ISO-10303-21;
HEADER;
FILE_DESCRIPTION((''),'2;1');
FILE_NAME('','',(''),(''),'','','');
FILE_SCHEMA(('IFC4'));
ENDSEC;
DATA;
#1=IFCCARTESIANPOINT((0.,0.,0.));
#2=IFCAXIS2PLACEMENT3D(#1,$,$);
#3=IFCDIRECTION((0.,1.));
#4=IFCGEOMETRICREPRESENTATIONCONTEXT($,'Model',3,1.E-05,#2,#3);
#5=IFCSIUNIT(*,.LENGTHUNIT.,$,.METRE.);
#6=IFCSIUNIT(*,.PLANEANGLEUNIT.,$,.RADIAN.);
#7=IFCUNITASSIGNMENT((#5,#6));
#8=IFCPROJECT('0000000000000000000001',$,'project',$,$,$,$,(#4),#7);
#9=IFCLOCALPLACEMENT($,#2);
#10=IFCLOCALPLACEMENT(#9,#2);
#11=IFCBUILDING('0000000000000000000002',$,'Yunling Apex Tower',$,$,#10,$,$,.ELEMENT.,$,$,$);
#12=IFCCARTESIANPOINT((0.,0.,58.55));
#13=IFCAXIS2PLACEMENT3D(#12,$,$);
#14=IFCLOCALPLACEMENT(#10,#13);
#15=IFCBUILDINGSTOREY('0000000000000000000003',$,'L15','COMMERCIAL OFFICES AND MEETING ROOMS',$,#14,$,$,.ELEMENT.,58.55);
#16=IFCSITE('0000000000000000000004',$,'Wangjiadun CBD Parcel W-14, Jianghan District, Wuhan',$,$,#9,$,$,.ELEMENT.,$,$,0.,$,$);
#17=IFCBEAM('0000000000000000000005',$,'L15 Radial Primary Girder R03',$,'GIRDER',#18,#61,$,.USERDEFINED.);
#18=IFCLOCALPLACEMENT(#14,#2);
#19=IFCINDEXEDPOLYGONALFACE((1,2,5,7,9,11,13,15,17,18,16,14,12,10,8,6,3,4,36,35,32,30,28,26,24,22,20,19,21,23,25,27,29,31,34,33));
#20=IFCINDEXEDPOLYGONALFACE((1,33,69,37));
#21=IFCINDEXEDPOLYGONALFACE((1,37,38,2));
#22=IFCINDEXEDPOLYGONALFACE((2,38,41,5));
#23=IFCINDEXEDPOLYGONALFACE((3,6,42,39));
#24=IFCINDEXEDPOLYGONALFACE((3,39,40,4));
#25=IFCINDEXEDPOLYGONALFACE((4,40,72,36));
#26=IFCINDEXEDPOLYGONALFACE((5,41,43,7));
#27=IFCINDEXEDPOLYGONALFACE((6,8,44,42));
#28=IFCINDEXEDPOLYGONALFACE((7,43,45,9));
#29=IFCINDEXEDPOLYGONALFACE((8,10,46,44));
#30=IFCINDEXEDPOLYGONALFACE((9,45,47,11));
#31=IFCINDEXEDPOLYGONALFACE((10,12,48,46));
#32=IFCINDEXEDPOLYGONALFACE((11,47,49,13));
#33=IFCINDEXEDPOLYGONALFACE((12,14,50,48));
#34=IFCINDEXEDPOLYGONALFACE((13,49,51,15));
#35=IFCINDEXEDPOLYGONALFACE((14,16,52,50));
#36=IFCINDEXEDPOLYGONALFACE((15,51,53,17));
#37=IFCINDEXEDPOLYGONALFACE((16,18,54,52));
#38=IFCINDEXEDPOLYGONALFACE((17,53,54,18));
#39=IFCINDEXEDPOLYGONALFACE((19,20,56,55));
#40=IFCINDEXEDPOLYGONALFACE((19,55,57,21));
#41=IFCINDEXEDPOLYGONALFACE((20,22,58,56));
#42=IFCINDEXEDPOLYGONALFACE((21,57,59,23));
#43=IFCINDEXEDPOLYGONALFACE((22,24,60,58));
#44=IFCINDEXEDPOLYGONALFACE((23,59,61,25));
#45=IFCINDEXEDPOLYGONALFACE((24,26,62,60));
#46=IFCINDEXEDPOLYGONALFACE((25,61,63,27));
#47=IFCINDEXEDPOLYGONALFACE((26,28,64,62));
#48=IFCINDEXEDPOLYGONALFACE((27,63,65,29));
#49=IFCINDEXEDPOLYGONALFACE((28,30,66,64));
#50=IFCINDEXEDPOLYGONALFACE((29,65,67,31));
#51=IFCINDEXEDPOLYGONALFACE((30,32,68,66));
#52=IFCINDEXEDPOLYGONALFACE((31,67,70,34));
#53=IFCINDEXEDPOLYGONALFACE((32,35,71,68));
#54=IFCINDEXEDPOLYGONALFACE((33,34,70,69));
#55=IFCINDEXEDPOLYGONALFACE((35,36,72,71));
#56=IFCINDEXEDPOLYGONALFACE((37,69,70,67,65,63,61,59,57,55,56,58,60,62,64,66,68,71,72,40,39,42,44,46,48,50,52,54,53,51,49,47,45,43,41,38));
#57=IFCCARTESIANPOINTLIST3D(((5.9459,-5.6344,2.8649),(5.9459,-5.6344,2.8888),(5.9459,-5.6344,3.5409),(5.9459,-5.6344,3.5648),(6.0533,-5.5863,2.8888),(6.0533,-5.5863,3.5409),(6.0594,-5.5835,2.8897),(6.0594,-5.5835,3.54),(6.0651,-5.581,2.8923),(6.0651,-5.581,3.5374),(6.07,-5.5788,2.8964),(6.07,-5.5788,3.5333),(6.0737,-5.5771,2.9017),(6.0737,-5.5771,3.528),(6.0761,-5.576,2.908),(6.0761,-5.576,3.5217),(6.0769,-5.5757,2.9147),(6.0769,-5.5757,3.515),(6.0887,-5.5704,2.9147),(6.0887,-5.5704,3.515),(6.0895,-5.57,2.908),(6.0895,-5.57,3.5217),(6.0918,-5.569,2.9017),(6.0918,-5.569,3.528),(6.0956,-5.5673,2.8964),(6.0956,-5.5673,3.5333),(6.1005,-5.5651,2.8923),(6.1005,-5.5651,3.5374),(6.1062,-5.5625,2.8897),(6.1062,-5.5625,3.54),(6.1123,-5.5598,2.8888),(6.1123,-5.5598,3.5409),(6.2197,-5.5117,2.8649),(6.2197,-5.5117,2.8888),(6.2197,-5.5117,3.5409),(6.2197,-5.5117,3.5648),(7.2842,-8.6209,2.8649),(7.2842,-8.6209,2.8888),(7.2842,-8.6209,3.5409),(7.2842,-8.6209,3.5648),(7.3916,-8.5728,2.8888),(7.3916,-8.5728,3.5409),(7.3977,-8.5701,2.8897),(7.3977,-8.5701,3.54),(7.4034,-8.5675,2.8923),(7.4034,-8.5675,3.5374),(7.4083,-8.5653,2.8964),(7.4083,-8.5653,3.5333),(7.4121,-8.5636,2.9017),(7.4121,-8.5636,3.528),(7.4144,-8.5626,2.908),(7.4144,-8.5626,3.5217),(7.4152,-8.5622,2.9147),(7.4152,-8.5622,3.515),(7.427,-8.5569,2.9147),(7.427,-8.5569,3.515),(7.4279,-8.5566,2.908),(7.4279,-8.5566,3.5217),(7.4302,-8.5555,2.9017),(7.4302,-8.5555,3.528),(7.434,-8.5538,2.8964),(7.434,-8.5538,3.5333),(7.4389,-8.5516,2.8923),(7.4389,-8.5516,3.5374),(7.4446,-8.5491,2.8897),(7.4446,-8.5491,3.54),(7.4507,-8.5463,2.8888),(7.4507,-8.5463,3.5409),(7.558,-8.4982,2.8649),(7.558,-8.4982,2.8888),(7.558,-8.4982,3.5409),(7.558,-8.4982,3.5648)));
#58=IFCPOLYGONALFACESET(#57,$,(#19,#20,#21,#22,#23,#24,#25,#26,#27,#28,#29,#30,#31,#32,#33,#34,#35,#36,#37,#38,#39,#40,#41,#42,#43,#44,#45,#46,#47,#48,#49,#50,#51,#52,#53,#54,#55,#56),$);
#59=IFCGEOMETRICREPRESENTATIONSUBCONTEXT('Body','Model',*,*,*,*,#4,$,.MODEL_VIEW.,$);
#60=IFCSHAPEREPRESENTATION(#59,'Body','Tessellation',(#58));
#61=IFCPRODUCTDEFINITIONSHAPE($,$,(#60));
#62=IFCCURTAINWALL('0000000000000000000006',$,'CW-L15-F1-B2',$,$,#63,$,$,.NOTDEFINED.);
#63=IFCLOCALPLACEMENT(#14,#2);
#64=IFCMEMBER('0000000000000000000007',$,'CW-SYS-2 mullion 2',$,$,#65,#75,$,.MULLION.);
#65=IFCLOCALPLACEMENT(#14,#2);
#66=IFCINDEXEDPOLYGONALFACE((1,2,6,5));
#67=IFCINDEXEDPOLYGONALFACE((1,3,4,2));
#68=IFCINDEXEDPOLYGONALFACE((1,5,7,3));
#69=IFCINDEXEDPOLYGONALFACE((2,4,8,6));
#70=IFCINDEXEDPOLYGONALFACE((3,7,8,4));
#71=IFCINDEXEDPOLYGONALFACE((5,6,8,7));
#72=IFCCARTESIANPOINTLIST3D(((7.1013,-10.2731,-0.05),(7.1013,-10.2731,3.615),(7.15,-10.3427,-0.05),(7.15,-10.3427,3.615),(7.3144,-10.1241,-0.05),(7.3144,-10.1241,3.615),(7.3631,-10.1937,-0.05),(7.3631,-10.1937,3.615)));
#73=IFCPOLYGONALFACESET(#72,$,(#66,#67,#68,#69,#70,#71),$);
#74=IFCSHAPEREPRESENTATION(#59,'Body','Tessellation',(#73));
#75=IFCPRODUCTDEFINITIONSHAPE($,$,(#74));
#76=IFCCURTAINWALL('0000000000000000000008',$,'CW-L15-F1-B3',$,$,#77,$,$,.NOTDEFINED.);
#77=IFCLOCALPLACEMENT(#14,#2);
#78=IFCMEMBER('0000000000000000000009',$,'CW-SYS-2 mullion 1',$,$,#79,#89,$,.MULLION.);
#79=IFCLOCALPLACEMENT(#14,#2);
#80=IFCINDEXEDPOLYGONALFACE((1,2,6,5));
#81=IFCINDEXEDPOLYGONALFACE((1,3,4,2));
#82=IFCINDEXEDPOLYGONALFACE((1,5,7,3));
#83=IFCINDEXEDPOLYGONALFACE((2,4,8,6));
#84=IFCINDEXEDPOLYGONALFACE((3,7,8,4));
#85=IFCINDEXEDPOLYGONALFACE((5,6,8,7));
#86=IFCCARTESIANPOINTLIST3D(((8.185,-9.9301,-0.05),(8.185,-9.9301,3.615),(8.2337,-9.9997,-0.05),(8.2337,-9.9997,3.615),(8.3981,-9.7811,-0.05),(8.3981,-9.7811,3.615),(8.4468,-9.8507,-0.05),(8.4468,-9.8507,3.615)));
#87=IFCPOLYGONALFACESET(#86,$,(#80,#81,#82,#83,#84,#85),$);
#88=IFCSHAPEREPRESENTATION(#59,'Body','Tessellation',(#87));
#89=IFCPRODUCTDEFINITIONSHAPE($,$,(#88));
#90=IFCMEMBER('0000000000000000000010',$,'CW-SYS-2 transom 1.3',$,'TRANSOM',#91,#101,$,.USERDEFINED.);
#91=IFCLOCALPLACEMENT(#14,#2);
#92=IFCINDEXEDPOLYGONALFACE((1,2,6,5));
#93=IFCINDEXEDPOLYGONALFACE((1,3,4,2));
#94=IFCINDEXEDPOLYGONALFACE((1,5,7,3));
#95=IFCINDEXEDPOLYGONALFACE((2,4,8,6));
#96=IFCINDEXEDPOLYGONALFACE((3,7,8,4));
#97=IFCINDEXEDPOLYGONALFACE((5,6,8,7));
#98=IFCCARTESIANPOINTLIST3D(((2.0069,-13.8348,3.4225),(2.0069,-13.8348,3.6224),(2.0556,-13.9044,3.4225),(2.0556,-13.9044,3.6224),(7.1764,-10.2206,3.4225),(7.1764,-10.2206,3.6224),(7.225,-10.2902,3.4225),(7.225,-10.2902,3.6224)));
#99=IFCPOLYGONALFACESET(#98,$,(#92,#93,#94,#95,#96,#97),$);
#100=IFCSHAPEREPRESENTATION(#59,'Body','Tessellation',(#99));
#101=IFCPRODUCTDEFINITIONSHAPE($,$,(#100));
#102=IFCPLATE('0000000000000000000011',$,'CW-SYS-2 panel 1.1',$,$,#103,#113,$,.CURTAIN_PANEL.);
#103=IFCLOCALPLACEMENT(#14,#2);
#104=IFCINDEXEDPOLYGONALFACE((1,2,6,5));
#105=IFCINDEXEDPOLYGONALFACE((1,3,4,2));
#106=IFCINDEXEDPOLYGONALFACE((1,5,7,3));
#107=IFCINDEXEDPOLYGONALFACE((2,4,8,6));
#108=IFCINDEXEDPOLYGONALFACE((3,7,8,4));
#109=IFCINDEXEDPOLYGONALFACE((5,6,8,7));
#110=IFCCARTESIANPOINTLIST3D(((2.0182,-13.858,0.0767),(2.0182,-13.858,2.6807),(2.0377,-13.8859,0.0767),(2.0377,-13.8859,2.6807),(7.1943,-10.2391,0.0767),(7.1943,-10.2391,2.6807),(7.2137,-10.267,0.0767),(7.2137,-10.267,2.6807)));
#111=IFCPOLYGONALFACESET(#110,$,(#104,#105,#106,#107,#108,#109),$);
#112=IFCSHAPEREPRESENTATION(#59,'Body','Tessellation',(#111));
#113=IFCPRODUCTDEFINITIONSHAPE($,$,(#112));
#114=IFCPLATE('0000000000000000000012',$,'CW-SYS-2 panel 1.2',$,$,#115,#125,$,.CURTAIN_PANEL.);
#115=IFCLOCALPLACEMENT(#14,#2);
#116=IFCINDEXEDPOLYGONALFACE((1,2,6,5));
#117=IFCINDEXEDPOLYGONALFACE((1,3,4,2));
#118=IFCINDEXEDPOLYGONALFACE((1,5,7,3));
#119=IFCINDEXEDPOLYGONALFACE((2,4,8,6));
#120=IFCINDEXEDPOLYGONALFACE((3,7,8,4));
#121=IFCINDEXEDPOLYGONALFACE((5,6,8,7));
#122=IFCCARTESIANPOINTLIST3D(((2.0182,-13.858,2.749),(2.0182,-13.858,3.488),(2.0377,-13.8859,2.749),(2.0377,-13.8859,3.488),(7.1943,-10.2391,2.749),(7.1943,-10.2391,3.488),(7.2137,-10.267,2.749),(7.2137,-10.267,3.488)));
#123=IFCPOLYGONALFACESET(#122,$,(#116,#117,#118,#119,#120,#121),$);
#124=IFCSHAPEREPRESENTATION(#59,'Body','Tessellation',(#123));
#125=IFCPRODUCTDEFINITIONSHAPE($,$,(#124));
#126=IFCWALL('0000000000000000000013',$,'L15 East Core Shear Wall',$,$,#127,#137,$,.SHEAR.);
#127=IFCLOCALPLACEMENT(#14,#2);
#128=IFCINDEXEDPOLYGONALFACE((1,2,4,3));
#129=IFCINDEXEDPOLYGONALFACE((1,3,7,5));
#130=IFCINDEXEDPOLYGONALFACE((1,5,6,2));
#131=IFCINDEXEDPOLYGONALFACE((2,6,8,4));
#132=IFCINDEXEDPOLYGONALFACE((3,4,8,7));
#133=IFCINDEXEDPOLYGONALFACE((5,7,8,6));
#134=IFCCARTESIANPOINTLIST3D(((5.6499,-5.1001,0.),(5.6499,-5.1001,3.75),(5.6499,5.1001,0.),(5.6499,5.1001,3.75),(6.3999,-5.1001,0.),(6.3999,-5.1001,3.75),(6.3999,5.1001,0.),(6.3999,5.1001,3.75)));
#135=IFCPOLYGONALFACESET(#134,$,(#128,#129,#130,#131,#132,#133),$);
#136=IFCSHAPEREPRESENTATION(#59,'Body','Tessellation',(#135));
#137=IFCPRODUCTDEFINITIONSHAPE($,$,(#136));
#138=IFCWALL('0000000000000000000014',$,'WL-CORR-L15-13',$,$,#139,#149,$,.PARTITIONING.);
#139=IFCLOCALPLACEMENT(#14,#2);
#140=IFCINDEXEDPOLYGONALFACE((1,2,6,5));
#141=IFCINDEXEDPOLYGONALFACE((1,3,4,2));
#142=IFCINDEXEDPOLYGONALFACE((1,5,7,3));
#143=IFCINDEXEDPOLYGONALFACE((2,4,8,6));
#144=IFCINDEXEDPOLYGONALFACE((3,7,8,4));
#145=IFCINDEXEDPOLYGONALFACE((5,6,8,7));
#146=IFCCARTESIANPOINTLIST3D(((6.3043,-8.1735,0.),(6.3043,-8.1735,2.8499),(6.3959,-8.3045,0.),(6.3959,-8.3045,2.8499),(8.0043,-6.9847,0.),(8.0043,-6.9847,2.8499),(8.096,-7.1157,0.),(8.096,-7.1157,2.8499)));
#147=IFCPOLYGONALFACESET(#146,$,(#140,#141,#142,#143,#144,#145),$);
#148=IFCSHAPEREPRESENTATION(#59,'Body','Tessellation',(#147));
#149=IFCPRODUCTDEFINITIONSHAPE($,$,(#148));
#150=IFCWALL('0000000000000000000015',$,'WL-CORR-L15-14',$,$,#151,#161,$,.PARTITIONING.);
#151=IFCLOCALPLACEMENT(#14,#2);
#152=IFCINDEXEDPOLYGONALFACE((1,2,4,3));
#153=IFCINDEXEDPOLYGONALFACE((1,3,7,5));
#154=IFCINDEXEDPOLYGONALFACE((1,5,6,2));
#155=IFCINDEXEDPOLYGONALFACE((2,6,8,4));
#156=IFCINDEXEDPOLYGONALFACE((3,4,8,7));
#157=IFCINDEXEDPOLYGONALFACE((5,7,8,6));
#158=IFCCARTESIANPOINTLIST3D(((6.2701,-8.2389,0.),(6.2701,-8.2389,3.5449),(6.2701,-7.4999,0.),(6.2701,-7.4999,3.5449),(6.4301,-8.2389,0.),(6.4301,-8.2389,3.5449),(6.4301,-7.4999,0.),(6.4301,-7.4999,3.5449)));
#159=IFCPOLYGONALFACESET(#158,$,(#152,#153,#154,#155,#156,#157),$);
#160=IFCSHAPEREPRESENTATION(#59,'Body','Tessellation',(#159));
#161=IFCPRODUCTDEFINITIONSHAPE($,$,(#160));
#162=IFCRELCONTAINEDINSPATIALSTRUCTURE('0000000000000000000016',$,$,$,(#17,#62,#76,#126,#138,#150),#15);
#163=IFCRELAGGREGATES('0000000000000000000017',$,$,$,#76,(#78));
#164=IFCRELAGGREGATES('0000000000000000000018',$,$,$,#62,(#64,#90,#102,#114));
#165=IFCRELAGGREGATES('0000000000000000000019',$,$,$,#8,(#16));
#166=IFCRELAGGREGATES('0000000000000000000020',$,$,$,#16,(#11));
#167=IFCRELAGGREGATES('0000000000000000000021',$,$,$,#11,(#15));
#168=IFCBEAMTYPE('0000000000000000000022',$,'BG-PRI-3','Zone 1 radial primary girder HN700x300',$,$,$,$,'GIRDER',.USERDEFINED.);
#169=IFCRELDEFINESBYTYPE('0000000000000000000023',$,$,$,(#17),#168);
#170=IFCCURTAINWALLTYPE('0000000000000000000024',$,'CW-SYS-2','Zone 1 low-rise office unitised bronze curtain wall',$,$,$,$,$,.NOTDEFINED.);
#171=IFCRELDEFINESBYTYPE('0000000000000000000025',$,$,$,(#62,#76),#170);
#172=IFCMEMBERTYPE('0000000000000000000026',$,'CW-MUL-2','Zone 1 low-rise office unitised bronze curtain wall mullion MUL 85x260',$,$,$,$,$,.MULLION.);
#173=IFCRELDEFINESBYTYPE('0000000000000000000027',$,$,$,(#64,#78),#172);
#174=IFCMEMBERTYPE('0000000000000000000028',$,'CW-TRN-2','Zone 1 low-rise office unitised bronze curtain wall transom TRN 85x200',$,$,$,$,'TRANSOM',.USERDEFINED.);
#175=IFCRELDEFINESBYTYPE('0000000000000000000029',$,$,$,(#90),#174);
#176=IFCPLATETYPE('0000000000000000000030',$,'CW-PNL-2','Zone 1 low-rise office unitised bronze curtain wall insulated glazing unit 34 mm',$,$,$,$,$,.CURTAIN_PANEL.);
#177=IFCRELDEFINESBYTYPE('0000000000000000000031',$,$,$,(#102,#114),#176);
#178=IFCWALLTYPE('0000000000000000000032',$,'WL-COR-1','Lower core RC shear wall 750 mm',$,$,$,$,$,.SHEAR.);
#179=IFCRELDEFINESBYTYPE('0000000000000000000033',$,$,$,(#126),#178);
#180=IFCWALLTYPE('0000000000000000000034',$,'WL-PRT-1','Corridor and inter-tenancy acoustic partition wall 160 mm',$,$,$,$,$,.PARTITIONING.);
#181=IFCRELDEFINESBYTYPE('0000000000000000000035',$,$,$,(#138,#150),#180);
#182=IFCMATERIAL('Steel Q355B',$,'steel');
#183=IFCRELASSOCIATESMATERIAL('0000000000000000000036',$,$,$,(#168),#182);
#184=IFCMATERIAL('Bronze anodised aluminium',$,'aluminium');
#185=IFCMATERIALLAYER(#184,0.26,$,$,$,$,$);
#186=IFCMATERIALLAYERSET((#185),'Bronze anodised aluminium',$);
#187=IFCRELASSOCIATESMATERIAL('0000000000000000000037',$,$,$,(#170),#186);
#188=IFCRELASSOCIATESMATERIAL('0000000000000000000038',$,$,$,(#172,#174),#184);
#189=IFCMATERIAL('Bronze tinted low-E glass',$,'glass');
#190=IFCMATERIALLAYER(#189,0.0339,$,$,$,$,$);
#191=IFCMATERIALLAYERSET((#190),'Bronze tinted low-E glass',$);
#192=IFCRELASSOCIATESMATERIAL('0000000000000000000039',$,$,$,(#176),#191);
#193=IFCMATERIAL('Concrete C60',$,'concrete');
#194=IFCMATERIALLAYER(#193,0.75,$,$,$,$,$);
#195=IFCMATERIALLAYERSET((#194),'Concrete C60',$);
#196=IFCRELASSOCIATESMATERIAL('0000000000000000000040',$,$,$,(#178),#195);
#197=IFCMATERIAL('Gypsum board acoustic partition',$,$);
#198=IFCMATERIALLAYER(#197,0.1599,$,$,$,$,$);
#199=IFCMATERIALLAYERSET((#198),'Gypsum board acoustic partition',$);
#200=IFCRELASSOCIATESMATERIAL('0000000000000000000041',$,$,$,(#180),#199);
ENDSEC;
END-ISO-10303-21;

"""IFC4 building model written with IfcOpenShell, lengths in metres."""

from ifc_helpers import new_model, si_unit, direction, frame, frame_2d, origin, origin_2d, place, context, subcontext, project, spatial, rectangle, i_section, extrude, source, transform, mapped, material, layer, layer_set, material_profile, profile_set, type_object, element, aggregate, save


model = new_model("IFC4")

# Units and contexts
model_context = context("Model", 3, precision=1e-05, world=origin(), true_north=direction((0.0, 1.0)))
body_context = subcontext(model_context, "Body", "Model", "MODEL_VIEW")
ifc_project = project(units=[si_unit("LENGTHUNIT", "METRE"), si_unit("PLANEANGLEUNIT", "RADIAN")], contexts=[model_context])

# Site, building, storey
site_placement = place(None, origin())
site = spatial("IfcSite", under=ifc_project, at=site_placement, Name="Wangjiadun CBD Parcel W-14, Jianghan District, Wuhan", CompositionType="ELEMENT", RefElevation=0.0)
building_placement = place(site_placement, origin())
building = spatial("IfcBuilding", under=site, at=building_placement, Name="Yunling Apex Tower", CompositionType="ELEMENT")
storey_placement = place(building_placement, frame((0.0, 0.0, 58.55)))
storey = spatial("IfcBuildingStorey", under=building, at=storey_placement, Name="L15", Description="COMMERCIAL OFFICES AND MEETING ROOMS", CompositionType="ELEMENT", Elevation=58.55)

# Shared definitions
ifc_material_1 = material(Name="Concrete C60", Category="concrete")

# Beam
ifc_material_2 = material(Name="Steel Q355B", Category="steel")
ifc_material_profile_1 = material_profile(ifc_material_2, i_section(OverallWidth=0.3, OverallDepth=0.7, WebThickness=0.0129, FlangeThickness=0.0239, FilletRadius=0.0259, at=origin_2d()))
ifc_profile_set_1 = profile_set([ifc_material_profile_1], Name="Steel Q355B")
beam_type = type_object("IfcBeamType", Name="BG-PRI-3", Description="Zone 1 radial primary girder HN700x300", ElementType="GIRDER", PredefinedType="USERDEFINED", material=ifc_profile_set_1)
shared_shape_1 = source(origin(), body_context, "Body", "SweptSolid", [
    extrude(i_section(OverallWidth=0.3, OverallDepth=0.7, WebThickness=0.0129, FlangeThickness=0.0239, FilletRadius=0.0259, at=origin_2d()), origin(), (0.0, 0.0, 1.0), 3.2727),
])
beam_1_placement = place(storey_placement, frame((7.4211, -8.5596, 3.2148), z_axis=(-0.408947, 0.912558, 0.0), x_axis=(-0.912558, -0.408947, 0.0)))
element("IfcBeam", 1, at=beam_1_placement, inside=storey, type_object=beam_type, Name="L15 Radial Primary Girder R03", ObjectType="GIRDER", PredefinedType="USERDEFINED", context=body_context, shape_type="MappedRepresentation", body=[
    mapped(shared_shape_1, transform((0.0, 0.0, 0.0), scale=1.0)),
])

# Curtain walls, members
ifc_material_3 = material(Name="Bronze anodised aluminium", Category="aluminium")
ifc_layer_1 = layer(ifc_material_3, 0.26)
ifc_layer_set_1 = layer_set([ifc_layer_1], Name="Bronze anodised aluminium")
curtain_wall_type = type_object("IfcCurtainWallType", Name="CW-SYS-2", Description="Zone 1 low-rise office unitised bronze curtain wall", PredefinedType="NOTDEFINED", material=ifc_layer_set_1)
curtain_wall_1_placement = place(storey_placement, origin())
curtain_wall_1 = element("IfcCurtainWall", 2, at=curtain_wall_1_placement, inside=storey, type_object=curtain_wall_type, Name="CW-L15-F1-B2", PredefinedType="NOTDEFINED")
ifc_material_profile_2 = material_profile(ifc_material_3, rectangle(XDim=0.085, YDim=0.26, at=origin_2d()))
ifc_profile_set_2 = profile_set([ifc_material_profile_2], Name="Bronze anodised aluminium")
member_type_1 = type_object("IfcMemberType", Name="CW-MUL-2", Description="Zone 1 low-rise office unitised bronze curtain wall mullion MUL 85x260", PredefinedType="MULLION", material=ifc_profile_set_2)
shared_shape_2 = source(origin(), body_context, "Body", "SweptSolid", [
    extrude(rectangle(XDim=0.085, YDim=0.26, at=origin_2d()), origin(), (0.0, 0.0, 1.0), 3.665),
])
member_1_placement = place(storey_placement, frame((7.2322, -10.2334, -0.05), z_axis=(0.0, 0.0, 1.0), x_axis=(-0.573003, 0.819553, 0.0)))
member_1 = element("IfcMember", 3, at=member_1_placement, type_object=member_type_1, Name="CW-SYS-2 mullion 2", PredefinedType="MULLION", context=body_context, shape_type="MappedRepresentation", body=[
    mapped(shared_shape_2, transform((0.0, 0.0, 0.0), scale=1.0)),
])
curtain_wall_2_placement = place(storey_placement, origin())
curtain_wall_2 = element("IfcCurtainWall", 4, at=curtain_wall_2_placement, inside=storey, type_object=curtain_wall_type, Name="CW-L15-F1-B3", PredefinedType="NOTDEFINED")
member_2_placement = place(storey_placement, frame((8.3159, -9.8904, -0.05), z_axis=(0.0, 0.0, 1.0), x_axis=(-0.572996, 0.819558, 0.0)))
member_2 = element("IfcMember", 5, at=member_2_placement, type_object=member_type_1, Name="CW-SYS-2 mullion 1", PredefinedType="MULLION", context=body_context, shape_type="MappedRepresentation", body=[
    mapped(shared_shape_2, transform((0.0, 0.0, 0.0), scale=1.0)),
])
aggregate(curtain_wall_2, [member_2])

# Member
ifc_material_profile_3 = material_profile(ifc_material_3, rectangle(XDim=0.085, YDim=0.2, at=origin_2d()))
ifc_profile_set_3 = profile_set([ifc_material_profile_3], Name="Bronze anodised aluminium")
member_type_2 = type_object("IfcMemberType", Name="CW-TRN-2", Description="Zone 1 low-rise office unitised bronze curtain wall transom TRN 85x200", ElementType="TRANSOM", PredefinedType="USERDEFINED", material=ifc_profile_set_3)
shared_shape_3 = source(origin(), body_context, "Body", "SweptSolid", [
    extrude(rectangle(XDim=0.085, YDim=0.2, at=origin_2d()), origin(), (0.0, 0.0, 1.0), 6.3076),
])
member_3_placement = place(storey_placement, frame((2.0312, -13.8696, 3.5225), z_axis=(0.819555, 0.573, 0.0), x_axis=(-0.573, 0.819555, 0.0)))
member_3 = element("IfcMember", 6, at=member_3_placement, type_object=member_type_2, Name="CW-SYS-2 transom 1.3", ObjectType="TRANSOM", PredefinedType="USERDEFINED", context=body_context, shape_type="MappedRepresentation", body=[
    mapped(shared_shape_3, transform((0.0, 0.0, 0.0), scale=1.0)),
])

# Plates
ifc_material_4 = material(Name="Bronze tinted low-E glass", Category="glass")
ifc_layer_2 = layer(ifc_material_4, 0.0339)
ifc_layer_set_2 = layer_set([ifc_layer_2], Name="Bronze tinted low-E glass")
plate_type = type_object("IfcPlateType", Name="CW-PNL-2", Description="Zone 1 low-rise office unitised bronze curtain wall insulated glazing unit 34 mm", PredefinedType="CURTAIN_PANEL", material=ifc_layer_set_2)
shared_shape_4 = source(origin(), body_context, "Body", "SweptSolid", [
    extrude(rectangle(XDim=6.3157, YDim=0.0339, at=origin_2d()), origin(), (0.0, 0.0, 1.0), 2.604),
])
plate_1_placement = place(storey_placement, frame((4.616, -12.0625, 0.0767), z_axis=(0.0, 0.0, 1.0), x_axis=(0.819553, 0.573003, 0.0)))
plate_1 = element("IfcPlate", 7, at=plate_1_placement, type_object=plate_type, Name="CW-SYS-2 panel 1.1", PredefinedType="CURTAIN_PANEL", context=body_context, shape_type="MappedRepresentation", body=[
    mapped(shared_shape_4, transform((0.0, 0.0, 0.0), scale=1.0)),
])
shared_shape_5 = source(origin(), body_context, "Body", "SweptSolid", [
    extrude(rectangle(XDim=6.3157, YDim=0.0339, at=origin_2d()), origin(), (0.0, 0.0, 1.0), 0.739),
])
plate_2_placement = place(storey_placement, frame((4.616, -12.0625, 2.749), z_axis=(0.0, 0.0, 1.0), x_axis=(0.819553, 0.573003, 0.0)))
plate_2 = element("IfcPlate", 8, at=plate_2_placement, type_object=plate_type, Name="CW-SYS-2 panel 1.2", PredefinedType="CURTAIN_PANEL", context=body_context, shape_type="MappedRepresentation", body=[
    mapped(shared_shape_5, transform((0.0, 0.0, 0.0), scale=1.0)),
])
aggregate(curtain_wall_1, [member_1, member_3, plate_1, plate_2])

# Walls
ifc_layer_3 = layer(ifc_material_1, 0.75)
ifc_layer_set_3 = layer_set([ifc_layer_3], Name="Concrete C60")
wall_type_1 = type_object("IfcWallType", Name="WL-COR-1", Description="Lower core RC shear wall 750 mm", PredefinedType="SHEAR", material=ifc_layer_set_3)
wall_1_placement = place(storey_placement, frame((6.0249, -5.1001, 0.0), z_axis=(0.0, 0.0, 1.0), x_axis=(0.0, 1.0, 0.0)))
element("IfcWall", 9, at=wall_1_placement, inside=storey, type_object=wall_type_1, Name="L15 East Core Shear Wall", PredefinedType="SHEAR", context=body_context, shape_type="SweptSolid", body=[
    extrude(rectangle(XDim=10.2002, YDim=0.75, at=frame_2d((5.1001, 0.0))), origin(), (0.0, 0.0, 1.0), 3.75),
])
ifc_material_5 = material(Name="Gypsum board acoustic partition")
ifc_layer_4 = layer(ifc_material_5, 0.1599)
ifc_layer_set_4 = layer_set([ifc_layer_4], Name="Gypsum board acoustic partition")
wall_type_2 = type_object("IfcWallType", Name="WL-PRT-1", Description="Corridor and inter-tenancy acoustic partition wall 160 mm", PredefinedType="PARTITIONING", material=ifc_layer_set_4)
wall_2_placement = place(storey_placement, frame((8.05, -7.0503, 0.0), z_axis=(0.0, 0.0, 1.0), x_axis=(-0.819514, -0.573059, 0.0)))
element("IfcWall", 10, at=wall_2_placement, inside=storey, type_object=wall_type_2, Name="WL-CORR-L15-13", PredefinedType="PARTITIONING", context=body_context, shape_type="SweptSolid", body=[
    extrude(rectangle(XDim=2.0745, YDim=0.1599, at=frame_2d((1.0371, 0.0))), origin(), (0.0, 0.0, 1.0), 2.8499),
])
wall_3_placement = place(storey_placement, frame((6.3501, -8.239, 0.0), z_axis=(0.0, 0.0, 1.0), x_axis=(0.0, 1.0, 0.0)))
element("IfcWall", 11, at=wall_3_placement, inside=storey, type_object=wall_type_2, Name="WL-CORR-L15-14", PredefinedType="PARTITIONING", context=body_context, shape_type="SweptSolid", body=[
    extrude(rectangle(XDim=0.739, YDim=0.1599, at=frame_2d((0.3696, 0.0))), origin(), (0.0, 0.0, 1.0), 3.5449),
])

save(model, "model.ifc")
